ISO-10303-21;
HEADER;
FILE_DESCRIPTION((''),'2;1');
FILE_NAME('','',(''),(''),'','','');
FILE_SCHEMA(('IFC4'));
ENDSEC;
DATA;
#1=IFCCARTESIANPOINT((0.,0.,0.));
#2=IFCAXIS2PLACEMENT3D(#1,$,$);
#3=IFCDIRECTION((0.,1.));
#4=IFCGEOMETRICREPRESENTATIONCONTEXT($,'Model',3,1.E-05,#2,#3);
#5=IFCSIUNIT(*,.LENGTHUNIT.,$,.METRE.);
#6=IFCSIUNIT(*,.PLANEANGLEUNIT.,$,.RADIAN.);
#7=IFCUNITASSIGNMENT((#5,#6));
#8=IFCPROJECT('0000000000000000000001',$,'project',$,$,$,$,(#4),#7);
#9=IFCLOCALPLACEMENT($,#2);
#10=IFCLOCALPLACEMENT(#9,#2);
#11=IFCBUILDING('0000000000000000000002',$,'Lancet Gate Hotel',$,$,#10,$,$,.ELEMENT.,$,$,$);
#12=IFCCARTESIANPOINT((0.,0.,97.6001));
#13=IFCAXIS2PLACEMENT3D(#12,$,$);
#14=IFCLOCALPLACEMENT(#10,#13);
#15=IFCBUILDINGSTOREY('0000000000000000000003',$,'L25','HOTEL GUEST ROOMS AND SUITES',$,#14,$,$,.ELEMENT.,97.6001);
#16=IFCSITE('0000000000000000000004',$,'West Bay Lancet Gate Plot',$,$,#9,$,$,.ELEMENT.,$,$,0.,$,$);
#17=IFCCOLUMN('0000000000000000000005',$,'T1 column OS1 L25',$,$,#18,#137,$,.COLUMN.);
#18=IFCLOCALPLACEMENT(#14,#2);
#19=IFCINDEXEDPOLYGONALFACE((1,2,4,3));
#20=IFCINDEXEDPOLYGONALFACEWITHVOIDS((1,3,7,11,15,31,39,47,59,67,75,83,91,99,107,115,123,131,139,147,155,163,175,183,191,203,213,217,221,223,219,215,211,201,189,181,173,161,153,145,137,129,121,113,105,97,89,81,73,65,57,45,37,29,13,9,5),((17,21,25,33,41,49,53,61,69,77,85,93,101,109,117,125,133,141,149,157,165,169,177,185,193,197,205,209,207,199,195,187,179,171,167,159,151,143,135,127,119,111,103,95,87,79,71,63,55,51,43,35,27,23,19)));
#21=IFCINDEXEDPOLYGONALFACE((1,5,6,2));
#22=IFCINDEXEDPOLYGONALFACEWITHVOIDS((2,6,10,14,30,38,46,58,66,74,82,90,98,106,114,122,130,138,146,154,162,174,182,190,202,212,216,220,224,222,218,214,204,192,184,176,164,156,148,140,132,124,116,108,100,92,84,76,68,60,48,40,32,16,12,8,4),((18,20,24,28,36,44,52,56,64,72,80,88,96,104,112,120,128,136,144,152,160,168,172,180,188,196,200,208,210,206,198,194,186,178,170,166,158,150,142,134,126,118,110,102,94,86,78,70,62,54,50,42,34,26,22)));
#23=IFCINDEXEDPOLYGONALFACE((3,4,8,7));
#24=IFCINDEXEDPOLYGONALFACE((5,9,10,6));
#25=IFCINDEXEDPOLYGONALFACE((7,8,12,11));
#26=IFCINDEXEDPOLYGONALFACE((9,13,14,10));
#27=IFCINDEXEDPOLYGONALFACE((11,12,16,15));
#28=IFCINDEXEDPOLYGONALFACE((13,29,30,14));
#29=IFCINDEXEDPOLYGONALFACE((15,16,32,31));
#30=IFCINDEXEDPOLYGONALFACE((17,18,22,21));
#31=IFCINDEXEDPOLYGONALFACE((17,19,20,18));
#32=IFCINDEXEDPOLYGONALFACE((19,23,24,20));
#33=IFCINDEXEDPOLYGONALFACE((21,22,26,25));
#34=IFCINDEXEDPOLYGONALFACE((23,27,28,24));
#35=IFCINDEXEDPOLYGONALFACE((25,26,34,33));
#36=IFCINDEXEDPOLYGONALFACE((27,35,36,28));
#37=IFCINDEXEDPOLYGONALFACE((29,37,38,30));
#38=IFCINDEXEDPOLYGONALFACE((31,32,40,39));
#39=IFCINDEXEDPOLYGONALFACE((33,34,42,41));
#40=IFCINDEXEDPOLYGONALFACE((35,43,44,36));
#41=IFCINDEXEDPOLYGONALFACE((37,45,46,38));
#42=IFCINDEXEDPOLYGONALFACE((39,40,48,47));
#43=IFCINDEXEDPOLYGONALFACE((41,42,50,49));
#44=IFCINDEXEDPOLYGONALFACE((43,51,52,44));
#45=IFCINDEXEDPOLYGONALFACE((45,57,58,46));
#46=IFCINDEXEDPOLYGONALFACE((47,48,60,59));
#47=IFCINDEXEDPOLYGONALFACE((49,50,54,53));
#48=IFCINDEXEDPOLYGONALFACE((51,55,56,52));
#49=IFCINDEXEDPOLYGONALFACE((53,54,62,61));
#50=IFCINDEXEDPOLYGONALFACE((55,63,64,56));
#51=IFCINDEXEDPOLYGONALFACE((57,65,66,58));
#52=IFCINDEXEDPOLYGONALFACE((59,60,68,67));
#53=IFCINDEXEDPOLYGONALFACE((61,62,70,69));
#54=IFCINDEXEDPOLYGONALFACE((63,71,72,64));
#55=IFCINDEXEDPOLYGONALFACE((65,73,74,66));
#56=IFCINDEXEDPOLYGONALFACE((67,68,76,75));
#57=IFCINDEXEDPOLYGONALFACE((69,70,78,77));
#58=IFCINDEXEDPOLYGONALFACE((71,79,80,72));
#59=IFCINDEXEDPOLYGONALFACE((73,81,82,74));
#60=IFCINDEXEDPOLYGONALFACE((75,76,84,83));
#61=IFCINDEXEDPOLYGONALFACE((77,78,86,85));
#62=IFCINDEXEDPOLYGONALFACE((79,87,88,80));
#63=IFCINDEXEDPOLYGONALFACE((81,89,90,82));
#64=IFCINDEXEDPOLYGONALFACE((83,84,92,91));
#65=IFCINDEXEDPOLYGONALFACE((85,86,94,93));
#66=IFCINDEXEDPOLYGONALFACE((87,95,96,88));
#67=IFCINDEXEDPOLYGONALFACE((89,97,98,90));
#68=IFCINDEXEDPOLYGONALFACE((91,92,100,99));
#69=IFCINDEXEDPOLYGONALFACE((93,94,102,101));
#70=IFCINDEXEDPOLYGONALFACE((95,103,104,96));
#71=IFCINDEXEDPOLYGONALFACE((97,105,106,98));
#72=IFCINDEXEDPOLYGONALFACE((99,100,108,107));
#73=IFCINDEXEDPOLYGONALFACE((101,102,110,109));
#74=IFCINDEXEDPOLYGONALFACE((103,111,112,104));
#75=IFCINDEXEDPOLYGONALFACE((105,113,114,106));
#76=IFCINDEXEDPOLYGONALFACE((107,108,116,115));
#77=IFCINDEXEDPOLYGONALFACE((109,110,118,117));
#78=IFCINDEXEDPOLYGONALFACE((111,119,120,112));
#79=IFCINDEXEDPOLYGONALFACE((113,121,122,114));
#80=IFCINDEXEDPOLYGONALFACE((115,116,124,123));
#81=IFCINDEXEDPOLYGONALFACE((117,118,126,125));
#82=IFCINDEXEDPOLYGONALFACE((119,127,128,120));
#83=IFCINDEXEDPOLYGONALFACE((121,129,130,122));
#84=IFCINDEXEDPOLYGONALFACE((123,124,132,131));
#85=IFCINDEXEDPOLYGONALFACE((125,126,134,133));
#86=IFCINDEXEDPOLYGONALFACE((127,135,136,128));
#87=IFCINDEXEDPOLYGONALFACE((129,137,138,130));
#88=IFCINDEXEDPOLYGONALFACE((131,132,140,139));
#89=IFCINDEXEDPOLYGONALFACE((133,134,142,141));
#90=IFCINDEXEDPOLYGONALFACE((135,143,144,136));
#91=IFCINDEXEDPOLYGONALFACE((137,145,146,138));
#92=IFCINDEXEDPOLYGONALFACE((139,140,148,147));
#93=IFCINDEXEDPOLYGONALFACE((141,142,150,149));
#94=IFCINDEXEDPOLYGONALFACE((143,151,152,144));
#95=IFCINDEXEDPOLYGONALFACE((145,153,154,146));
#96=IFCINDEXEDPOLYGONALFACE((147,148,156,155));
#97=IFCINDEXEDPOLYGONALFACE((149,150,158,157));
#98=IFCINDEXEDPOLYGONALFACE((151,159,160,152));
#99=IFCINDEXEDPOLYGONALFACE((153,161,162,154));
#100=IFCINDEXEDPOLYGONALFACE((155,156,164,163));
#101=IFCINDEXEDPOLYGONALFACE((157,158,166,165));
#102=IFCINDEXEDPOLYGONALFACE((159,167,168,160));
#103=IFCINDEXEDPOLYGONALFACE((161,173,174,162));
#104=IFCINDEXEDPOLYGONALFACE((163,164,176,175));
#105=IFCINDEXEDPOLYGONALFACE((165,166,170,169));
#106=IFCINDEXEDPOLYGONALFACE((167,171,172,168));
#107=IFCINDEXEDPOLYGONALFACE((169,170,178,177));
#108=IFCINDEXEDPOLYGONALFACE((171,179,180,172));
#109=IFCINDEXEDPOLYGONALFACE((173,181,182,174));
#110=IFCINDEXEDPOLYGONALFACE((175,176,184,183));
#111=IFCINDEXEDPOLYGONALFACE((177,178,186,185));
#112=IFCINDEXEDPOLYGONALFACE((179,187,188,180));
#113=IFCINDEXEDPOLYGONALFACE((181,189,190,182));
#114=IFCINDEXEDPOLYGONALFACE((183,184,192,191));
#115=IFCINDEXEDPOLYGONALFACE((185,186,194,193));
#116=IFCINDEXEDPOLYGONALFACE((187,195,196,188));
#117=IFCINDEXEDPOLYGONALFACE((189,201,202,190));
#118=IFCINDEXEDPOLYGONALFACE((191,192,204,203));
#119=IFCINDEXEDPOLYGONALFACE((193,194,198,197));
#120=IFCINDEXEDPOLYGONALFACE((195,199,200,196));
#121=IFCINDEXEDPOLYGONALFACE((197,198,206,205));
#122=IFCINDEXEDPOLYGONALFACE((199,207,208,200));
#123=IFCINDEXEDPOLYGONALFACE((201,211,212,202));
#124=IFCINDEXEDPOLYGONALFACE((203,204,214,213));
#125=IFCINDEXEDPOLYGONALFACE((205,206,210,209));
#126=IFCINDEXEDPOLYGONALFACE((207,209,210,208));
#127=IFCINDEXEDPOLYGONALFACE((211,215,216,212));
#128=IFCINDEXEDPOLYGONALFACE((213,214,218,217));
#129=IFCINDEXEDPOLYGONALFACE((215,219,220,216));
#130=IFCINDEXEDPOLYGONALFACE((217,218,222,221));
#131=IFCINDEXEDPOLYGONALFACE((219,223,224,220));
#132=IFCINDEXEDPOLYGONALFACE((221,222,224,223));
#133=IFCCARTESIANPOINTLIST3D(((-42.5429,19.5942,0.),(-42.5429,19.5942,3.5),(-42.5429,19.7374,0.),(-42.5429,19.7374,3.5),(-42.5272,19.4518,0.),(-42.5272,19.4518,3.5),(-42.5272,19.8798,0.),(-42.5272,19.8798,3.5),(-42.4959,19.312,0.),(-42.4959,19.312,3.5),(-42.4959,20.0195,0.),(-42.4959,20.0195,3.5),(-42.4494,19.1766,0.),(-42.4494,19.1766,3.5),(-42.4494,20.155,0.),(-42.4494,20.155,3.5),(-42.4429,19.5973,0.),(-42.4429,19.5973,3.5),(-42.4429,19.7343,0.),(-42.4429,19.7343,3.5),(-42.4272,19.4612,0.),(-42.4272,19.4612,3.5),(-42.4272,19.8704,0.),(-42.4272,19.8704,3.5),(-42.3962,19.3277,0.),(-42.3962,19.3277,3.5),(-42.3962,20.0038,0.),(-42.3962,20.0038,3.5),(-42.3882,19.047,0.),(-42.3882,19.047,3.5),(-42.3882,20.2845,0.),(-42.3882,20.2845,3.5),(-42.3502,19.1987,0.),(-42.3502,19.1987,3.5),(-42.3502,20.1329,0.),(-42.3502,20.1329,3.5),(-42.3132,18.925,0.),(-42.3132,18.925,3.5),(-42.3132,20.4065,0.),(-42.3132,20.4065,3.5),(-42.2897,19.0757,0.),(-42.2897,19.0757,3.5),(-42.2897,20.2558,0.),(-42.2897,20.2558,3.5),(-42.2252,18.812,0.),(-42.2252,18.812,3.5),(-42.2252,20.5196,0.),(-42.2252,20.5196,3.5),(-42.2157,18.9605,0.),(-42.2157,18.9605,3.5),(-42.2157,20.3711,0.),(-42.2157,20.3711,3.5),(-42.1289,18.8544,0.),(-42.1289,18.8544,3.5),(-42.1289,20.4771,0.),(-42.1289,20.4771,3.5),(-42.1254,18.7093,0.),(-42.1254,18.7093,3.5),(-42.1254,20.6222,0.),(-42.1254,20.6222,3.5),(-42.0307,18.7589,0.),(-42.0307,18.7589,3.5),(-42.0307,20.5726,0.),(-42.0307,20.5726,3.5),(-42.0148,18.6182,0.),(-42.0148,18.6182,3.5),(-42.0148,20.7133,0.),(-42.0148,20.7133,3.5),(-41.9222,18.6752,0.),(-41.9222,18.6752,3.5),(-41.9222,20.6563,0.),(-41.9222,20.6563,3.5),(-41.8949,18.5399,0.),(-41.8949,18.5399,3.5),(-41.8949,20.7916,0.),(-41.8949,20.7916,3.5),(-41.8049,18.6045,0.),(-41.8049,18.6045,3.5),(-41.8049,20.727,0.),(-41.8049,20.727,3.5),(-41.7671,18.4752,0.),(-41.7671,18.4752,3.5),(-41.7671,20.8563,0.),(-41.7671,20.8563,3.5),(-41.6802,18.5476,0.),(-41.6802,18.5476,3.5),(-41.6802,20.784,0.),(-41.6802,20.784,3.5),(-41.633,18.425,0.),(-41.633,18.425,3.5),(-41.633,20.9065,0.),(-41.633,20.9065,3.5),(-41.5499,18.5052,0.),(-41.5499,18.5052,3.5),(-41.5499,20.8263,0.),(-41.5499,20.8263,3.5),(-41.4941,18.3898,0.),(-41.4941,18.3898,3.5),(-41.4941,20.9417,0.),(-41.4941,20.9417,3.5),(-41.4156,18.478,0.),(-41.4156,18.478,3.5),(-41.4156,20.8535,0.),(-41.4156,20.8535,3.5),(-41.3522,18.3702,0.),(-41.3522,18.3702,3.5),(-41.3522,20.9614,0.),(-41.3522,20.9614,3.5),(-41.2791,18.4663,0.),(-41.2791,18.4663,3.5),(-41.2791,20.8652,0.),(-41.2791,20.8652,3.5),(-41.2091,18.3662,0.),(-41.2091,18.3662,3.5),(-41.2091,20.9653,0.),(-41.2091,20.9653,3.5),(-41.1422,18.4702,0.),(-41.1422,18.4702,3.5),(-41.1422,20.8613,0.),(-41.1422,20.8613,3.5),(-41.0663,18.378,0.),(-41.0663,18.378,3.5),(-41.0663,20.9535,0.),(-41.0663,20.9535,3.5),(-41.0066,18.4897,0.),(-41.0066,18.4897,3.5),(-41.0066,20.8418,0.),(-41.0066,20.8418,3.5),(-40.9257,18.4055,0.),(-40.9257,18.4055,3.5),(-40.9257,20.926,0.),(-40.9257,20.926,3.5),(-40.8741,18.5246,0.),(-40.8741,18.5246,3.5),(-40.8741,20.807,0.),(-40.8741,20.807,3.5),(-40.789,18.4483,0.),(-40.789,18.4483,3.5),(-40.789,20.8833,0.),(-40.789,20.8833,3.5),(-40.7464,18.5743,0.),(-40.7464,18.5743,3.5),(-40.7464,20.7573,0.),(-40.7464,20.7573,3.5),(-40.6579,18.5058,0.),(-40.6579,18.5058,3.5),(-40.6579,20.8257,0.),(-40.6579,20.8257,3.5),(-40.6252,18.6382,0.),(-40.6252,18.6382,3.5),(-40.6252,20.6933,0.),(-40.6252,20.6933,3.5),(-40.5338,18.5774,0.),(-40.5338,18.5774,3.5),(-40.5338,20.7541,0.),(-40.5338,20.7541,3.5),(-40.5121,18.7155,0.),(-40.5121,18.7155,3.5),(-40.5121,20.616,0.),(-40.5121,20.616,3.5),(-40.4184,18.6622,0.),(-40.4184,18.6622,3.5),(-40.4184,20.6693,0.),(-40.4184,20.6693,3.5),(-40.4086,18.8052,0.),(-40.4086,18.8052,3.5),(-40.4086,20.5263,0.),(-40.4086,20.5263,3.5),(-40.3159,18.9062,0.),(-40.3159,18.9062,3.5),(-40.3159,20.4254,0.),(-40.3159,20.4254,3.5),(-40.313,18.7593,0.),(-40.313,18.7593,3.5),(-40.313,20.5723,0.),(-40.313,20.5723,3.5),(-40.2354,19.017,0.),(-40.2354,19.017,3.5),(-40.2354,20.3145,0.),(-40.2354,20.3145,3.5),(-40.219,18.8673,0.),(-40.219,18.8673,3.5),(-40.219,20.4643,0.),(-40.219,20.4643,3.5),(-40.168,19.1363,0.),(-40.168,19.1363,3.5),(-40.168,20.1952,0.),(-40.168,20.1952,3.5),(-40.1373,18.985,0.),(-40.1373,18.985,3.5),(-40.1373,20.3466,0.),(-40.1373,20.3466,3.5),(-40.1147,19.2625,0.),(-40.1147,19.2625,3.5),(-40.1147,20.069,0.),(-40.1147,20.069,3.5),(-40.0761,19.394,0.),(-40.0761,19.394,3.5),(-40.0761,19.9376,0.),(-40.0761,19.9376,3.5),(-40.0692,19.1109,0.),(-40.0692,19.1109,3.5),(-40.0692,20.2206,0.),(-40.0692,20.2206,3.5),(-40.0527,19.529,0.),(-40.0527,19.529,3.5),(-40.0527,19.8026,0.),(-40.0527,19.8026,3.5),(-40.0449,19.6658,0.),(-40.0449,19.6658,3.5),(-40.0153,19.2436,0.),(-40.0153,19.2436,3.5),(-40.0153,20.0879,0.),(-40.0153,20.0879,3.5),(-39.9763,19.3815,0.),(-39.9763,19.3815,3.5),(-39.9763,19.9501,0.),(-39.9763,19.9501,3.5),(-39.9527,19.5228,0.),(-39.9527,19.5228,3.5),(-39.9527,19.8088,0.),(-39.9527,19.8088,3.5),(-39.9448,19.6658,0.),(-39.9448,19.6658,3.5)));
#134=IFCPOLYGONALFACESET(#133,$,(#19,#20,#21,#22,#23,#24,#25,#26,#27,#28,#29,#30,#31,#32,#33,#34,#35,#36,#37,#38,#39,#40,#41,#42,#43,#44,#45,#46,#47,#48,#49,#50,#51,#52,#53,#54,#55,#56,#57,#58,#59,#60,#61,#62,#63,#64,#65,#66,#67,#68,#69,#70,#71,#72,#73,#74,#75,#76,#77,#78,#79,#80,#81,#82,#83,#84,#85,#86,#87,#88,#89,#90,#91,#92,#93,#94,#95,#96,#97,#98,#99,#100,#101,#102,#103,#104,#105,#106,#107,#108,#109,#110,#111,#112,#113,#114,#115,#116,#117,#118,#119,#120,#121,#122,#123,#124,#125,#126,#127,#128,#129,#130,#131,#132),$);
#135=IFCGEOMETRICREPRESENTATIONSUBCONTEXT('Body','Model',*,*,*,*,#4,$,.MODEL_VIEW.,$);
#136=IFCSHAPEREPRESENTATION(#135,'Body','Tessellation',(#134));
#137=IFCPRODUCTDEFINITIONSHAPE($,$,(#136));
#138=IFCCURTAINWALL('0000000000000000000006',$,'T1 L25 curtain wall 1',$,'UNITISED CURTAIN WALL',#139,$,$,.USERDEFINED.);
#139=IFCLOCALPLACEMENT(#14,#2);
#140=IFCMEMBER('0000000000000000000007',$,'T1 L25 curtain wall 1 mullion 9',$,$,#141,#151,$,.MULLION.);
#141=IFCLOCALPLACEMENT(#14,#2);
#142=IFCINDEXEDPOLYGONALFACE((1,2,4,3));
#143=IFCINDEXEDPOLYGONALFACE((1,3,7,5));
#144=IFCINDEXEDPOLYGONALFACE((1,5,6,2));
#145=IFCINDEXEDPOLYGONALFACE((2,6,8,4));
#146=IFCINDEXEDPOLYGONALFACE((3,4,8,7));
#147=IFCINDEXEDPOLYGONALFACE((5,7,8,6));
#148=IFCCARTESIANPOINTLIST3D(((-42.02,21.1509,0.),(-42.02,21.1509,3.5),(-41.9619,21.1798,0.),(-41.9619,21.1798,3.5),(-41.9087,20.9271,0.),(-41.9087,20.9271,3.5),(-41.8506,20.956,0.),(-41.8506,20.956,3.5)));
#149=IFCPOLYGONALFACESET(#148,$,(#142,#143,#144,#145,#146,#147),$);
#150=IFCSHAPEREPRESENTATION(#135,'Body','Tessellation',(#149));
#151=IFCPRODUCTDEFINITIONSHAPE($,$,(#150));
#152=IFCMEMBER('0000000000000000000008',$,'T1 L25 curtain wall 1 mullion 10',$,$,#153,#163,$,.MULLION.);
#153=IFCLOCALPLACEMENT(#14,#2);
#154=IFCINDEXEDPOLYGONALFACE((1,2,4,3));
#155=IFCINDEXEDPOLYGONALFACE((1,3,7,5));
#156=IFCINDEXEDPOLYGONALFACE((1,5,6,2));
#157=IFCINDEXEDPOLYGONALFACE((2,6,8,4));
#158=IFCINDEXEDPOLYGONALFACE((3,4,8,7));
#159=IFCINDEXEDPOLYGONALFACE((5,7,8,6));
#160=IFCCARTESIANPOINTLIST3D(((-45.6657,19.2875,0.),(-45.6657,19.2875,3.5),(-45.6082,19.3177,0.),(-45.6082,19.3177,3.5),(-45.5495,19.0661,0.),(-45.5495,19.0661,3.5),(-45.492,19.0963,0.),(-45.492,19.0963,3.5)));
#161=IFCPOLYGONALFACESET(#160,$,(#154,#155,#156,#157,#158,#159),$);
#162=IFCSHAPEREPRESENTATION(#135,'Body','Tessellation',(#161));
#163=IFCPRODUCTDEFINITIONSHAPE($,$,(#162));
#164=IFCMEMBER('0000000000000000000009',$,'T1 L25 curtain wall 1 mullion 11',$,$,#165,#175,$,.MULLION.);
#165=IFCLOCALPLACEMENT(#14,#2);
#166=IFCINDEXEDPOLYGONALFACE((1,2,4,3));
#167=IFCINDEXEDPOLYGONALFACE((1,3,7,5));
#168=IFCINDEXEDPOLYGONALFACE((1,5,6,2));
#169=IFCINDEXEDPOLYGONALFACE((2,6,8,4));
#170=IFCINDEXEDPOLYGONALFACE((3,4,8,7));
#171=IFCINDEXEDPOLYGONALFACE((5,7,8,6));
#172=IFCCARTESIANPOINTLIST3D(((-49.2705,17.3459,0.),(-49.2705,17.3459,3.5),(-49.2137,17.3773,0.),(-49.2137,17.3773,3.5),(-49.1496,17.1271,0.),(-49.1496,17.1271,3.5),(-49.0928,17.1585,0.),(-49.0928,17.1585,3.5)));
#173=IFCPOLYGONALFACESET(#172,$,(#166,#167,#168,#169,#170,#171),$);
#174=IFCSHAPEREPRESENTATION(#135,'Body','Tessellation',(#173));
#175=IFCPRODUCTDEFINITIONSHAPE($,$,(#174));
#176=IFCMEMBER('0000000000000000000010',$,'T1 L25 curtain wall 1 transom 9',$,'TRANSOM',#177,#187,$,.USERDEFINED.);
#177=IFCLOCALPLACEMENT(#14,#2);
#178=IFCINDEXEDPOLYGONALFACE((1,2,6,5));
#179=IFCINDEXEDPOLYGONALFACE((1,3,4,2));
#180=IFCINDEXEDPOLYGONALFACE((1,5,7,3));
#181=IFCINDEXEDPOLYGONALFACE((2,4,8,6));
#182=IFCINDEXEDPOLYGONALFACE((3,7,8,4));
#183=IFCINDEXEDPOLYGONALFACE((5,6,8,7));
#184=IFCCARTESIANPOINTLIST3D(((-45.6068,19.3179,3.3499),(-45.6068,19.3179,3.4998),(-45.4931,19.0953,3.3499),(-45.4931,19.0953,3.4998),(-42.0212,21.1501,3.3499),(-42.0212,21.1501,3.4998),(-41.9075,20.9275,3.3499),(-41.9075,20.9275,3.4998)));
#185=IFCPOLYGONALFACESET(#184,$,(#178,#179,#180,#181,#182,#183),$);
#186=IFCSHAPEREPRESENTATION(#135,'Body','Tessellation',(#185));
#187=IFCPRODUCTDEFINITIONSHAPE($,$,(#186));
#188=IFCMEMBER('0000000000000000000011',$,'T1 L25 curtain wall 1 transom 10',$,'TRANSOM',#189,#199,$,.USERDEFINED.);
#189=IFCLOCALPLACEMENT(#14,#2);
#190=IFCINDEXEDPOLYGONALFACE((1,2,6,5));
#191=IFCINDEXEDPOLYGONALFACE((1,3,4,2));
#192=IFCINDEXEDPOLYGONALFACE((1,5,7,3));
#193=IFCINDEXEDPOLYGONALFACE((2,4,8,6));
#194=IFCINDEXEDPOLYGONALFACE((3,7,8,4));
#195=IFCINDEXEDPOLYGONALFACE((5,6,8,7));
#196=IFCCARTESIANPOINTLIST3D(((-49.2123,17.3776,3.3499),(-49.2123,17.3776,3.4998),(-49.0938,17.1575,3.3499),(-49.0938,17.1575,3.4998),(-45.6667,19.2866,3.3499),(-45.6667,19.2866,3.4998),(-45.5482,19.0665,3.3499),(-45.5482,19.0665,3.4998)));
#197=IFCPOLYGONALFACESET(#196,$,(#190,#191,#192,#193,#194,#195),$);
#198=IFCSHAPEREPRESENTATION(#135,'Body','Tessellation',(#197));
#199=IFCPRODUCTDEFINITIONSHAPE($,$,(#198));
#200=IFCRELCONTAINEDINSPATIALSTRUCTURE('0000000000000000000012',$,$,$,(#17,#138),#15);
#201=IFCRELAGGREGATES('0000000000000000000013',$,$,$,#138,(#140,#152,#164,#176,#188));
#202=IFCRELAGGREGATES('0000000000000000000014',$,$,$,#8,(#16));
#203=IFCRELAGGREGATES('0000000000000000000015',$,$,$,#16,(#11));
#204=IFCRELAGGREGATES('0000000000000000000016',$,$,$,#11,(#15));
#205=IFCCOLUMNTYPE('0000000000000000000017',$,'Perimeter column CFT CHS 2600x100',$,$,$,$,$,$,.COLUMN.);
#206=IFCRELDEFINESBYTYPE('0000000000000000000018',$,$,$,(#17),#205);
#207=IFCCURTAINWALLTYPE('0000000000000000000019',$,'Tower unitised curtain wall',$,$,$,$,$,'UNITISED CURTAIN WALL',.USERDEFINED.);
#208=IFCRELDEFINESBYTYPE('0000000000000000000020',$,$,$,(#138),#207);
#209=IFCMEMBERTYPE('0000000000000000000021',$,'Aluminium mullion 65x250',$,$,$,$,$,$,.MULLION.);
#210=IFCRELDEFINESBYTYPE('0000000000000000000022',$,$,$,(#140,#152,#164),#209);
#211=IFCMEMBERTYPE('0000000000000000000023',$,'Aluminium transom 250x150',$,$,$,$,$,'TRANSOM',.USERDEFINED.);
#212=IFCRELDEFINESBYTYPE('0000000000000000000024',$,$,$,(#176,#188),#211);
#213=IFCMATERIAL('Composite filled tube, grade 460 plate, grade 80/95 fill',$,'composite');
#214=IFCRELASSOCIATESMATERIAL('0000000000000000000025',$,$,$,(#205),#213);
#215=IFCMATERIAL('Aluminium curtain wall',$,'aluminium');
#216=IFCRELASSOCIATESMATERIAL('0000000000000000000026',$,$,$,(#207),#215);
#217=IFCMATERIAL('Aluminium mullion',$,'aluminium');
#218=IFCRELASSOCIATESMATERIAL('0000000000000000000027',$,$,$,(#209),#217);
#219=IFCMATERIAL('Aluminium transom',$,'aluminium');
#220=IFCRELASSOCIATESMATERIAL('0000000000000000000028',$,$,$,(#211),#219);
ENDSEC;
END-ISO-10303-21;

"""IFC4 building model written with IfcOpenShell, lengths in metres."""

from ifc_helpers import new_model, si_unit, direction, frame, origin, origin_2d, place, context, subcontext, project, spatial, rectangle, hollow_circle, extrude, material, material_profile, profile_set, type_object, element, aggregate, save


model = new_model("IFC4")

# Units and contexts
model_context = context("Model", 3, precision=1e-05, world=origin(), true_north=direction((0.0, 1.0)))
body_context = subcontext(model_context, "Body", "Model", "MODEL_VIEW")
ifc_project = project(units=[si_unit("LENGTHUNIT", "METRE"), si_unit("PLANEANGLEUNIT", "RADIAN")], contexts=[model_context])

# Site, building, storey
site_placement = place(None, origin())
site = spatial("IfcSite", under=ifc_project, at=site_placement, Name="West Bay Lancet Gate Plot", CompositionType="ELEMENT", RefElevation=0.0)
building_placement = place(site_placement, origin())
building = spatial("IfcBuilding", under=site, at=building_placement, Name="Lancet Gate Hotel", CompositionType="ELEMENT")
storey_placement = place(building_placement, frame((0.0, 0.0, 97.6001)))
storey = spatial("IfcBuildingStorey", under=building, at=storey_placement, Name="L25", Description="HOTEL GUEST ROOMS AND SUITES", CompositionType="ELEMENT", Elevation=97.6001)

# Column
ifc_material_1 = material(Name="Composite filled tube, grade 460 plate, grade 80/95 fill", Category="composite")
ifc_material_profile_1 = material_profile(ifc_material_1, hollow_circle(Radius=1.3, WallThickness=0.1001, at=origin_2d()), Name="CHS 2600x100")
ifc_profile_set_1 = profile_set([ifc_material_profile_1], Name="Composite filled tube, grade 460 plate, grade 80/95 fill")
column_type = type_object("IfcColumnType", Name="Perimeter column CFT CHS 2600x100", PredefinedType="COLUMN", material=ifc_profile_set_1)
column_placement = place(storey_placement, frame((-41.2449, 19.6658, 0.0), z_axis=(0.0, 0.0, 1.0), x_axis=(1.0, 0.0, 0.0)))
element("IfcColumn", 1, at=column_placement, inside=storey, type_object=column_type, Name="T1 column OS1 L25", PredefinedType="COLUMN", context=body_context, shape_type="SweptSolid", body=[
    extrude(hollow_circle(Radius=1.3, WallThickness=0.1001, at=origin_2d()), origin(), (0.0, 0.0, 1.0), 3.5),
])

# Curtain wall, members
ifc_material_2 = material(Name="Aluminium curtain wall", Category="aluminium")
curtain_wall_type = type_object("IfcCurtainWallType", Name="Tower unitised curtain wall", ElementType="UNITISED CURTAIN WALL", PredefinedType="USERDEFINED", material=ifc_material_2)
curtain_wall_placement = place(storey_placement, origin())
curtain_wall = element("IfcCurtainWall", 2, at=curtain_wall_placement, inside=storey, type_object=curtain_wall_type, Name="T1 L25 curtain wall 1", ObjectType="UNITISED CURTAIN WALL", PredefinedType="USERDEFINED")
ifc_material_3 = material(Name="Aluminium mullion", Category="aluminium")
ifc_material_profile_2 = material_profile(ifc_material_3, rectangle(XDim=0.0649, YDim=0.25, at=origin_2d()), Name="MULLION 65x250")
ifc_profile_set_2 = profile_set([ifc_material_profile_2], Name="Aluminium mullion")
member_type_1 = type_object("IfcMemberType", Name="Aluminium mullion 65x250", PredefinedType="MULLION", material=ifc_profile_set_2)
member_1_placement = place(storey_placement, frame((-41.9353, 21.0535, 0.0), z_axis=(0.0, 0.0, 1.0), x_axis=(-0.895339, -0.445384, 0.0)))
member_1 = element("IfcMember", 3, at=member_1_placement, type_object=member_type_1, Name="T1 L25 curtain wall 1 mullion 9", PredefinedType="MULLION", context=body_context, shape_type="SweptSolid", body=[
    extrude(rectangle(XDim=0.0649, YDim=0.25, at=origin_2d()), origin(), (0.0, 0.0, 1.0), 3.5),
])
member_2_placement = place(storey_placement, frame((-45.5789, 19.1919, 0.0), z_axis=(0.0, 0.0, 1.0), x_axis=(-0.885544, -0.464555, 0.0)))
member_2 = element("IfcMember", 4, at=member_2_placement, type_object=member_type_1, Name="T1 L25 curtain wall 1 mullion 10", PredefinedType="MULLION", context=body_context, shape_type="SweptSolid", body=[
    extrude(rectangle(XDim=0.0649, YDim=0.25, at=origin_2d()), origin(), (0.0, 0.0, 1.0), 3.5),
])
member_3_placement = place(storey_placement, frame((-49.1816, 17.2522, 0.0), z_axis=(0.0, 0.0, 1.0), x_axis=(-0.875339, -0.48351, 0.0)))
member_3 = element("IfcMember", 5, at=member_3_placement, type_object=member_type_1, Name="T1 L25 curtain wall 1 mullion 11", PredefinedType="MULLION", context=body_context, shape_type="SweptSolid", body=[
    extrude(rectangle(XDim=0.0649, YDim=0.25, at=origin_2d()), origin(), (0.0, 0.0, 1.0), 3.5),
])
ifc_material_4 = material(Name="Aluminium transom", Category="aluminium")
ifc_material_profile_3 = material_profile(ifc_material_4, rectangle(XDim=0.25, YDim=0.1499, at=origin_2d()), Name="TRANSOM 250x150")
ifc_profile_set_3 = profile_set([ifc_material_profile_3], Name="Aluminium transom")
member_type_2 = type_object("IfcMemberType", Name="Aluminium transom 250x150", ElementType="TRANSOM", PredefinedType="USERDEFINED", material=ifc_profile_set_3)
member_4_placement = place(storey_placement, frame((-41.9644, 21.0388, 3.4248), z_axis=(-0.890476, -0.45503, 0.0), x_axis=(0.45503, -0.890476, 0.0)))
member_4 = element("IfcMember", 6, at=member_4_placement, type_object=member_type_2, Name="T1 L25 curtain wall 1 transom 9", ObjectType="TRANSOM", PredefinedType="USERDEFINED", context=body_context, shape_type="SweptSolid", body=[
    extrude(rectangle(XDim=0.25, YDim=0.1499, at=origin_2d()), origin(), (0.0, 0.0, 1.0), 4.0266),
])
member_5_placement = place(storey_placement, frame((-45.6074, 19.1765, 3.4248), z_axis=(-0.880498, -0.474049, 0.0), x_axis=(0.474049, -0.880498, 0.0)))
member_5 = element("IfcMember", 7, at=member_5_placement, type_object=member_type_2, Name="T1 L25 curtain wall 1 transom 10", ObjectType="TRANSOM", PredefinedType="USERDEFINED", context=body_context, shape_type="SweptSolid", body=[
    extrude(rectangle(XDim=0.25, YDim=0.1499, at=origin_2d()), origin(), (0.0, 0.0, 1.0), 4.0269),
])

aggregate(curtain_wall, [member_1, member_2, member_3, member_4, member_5])

save(model, "model.ifc")
